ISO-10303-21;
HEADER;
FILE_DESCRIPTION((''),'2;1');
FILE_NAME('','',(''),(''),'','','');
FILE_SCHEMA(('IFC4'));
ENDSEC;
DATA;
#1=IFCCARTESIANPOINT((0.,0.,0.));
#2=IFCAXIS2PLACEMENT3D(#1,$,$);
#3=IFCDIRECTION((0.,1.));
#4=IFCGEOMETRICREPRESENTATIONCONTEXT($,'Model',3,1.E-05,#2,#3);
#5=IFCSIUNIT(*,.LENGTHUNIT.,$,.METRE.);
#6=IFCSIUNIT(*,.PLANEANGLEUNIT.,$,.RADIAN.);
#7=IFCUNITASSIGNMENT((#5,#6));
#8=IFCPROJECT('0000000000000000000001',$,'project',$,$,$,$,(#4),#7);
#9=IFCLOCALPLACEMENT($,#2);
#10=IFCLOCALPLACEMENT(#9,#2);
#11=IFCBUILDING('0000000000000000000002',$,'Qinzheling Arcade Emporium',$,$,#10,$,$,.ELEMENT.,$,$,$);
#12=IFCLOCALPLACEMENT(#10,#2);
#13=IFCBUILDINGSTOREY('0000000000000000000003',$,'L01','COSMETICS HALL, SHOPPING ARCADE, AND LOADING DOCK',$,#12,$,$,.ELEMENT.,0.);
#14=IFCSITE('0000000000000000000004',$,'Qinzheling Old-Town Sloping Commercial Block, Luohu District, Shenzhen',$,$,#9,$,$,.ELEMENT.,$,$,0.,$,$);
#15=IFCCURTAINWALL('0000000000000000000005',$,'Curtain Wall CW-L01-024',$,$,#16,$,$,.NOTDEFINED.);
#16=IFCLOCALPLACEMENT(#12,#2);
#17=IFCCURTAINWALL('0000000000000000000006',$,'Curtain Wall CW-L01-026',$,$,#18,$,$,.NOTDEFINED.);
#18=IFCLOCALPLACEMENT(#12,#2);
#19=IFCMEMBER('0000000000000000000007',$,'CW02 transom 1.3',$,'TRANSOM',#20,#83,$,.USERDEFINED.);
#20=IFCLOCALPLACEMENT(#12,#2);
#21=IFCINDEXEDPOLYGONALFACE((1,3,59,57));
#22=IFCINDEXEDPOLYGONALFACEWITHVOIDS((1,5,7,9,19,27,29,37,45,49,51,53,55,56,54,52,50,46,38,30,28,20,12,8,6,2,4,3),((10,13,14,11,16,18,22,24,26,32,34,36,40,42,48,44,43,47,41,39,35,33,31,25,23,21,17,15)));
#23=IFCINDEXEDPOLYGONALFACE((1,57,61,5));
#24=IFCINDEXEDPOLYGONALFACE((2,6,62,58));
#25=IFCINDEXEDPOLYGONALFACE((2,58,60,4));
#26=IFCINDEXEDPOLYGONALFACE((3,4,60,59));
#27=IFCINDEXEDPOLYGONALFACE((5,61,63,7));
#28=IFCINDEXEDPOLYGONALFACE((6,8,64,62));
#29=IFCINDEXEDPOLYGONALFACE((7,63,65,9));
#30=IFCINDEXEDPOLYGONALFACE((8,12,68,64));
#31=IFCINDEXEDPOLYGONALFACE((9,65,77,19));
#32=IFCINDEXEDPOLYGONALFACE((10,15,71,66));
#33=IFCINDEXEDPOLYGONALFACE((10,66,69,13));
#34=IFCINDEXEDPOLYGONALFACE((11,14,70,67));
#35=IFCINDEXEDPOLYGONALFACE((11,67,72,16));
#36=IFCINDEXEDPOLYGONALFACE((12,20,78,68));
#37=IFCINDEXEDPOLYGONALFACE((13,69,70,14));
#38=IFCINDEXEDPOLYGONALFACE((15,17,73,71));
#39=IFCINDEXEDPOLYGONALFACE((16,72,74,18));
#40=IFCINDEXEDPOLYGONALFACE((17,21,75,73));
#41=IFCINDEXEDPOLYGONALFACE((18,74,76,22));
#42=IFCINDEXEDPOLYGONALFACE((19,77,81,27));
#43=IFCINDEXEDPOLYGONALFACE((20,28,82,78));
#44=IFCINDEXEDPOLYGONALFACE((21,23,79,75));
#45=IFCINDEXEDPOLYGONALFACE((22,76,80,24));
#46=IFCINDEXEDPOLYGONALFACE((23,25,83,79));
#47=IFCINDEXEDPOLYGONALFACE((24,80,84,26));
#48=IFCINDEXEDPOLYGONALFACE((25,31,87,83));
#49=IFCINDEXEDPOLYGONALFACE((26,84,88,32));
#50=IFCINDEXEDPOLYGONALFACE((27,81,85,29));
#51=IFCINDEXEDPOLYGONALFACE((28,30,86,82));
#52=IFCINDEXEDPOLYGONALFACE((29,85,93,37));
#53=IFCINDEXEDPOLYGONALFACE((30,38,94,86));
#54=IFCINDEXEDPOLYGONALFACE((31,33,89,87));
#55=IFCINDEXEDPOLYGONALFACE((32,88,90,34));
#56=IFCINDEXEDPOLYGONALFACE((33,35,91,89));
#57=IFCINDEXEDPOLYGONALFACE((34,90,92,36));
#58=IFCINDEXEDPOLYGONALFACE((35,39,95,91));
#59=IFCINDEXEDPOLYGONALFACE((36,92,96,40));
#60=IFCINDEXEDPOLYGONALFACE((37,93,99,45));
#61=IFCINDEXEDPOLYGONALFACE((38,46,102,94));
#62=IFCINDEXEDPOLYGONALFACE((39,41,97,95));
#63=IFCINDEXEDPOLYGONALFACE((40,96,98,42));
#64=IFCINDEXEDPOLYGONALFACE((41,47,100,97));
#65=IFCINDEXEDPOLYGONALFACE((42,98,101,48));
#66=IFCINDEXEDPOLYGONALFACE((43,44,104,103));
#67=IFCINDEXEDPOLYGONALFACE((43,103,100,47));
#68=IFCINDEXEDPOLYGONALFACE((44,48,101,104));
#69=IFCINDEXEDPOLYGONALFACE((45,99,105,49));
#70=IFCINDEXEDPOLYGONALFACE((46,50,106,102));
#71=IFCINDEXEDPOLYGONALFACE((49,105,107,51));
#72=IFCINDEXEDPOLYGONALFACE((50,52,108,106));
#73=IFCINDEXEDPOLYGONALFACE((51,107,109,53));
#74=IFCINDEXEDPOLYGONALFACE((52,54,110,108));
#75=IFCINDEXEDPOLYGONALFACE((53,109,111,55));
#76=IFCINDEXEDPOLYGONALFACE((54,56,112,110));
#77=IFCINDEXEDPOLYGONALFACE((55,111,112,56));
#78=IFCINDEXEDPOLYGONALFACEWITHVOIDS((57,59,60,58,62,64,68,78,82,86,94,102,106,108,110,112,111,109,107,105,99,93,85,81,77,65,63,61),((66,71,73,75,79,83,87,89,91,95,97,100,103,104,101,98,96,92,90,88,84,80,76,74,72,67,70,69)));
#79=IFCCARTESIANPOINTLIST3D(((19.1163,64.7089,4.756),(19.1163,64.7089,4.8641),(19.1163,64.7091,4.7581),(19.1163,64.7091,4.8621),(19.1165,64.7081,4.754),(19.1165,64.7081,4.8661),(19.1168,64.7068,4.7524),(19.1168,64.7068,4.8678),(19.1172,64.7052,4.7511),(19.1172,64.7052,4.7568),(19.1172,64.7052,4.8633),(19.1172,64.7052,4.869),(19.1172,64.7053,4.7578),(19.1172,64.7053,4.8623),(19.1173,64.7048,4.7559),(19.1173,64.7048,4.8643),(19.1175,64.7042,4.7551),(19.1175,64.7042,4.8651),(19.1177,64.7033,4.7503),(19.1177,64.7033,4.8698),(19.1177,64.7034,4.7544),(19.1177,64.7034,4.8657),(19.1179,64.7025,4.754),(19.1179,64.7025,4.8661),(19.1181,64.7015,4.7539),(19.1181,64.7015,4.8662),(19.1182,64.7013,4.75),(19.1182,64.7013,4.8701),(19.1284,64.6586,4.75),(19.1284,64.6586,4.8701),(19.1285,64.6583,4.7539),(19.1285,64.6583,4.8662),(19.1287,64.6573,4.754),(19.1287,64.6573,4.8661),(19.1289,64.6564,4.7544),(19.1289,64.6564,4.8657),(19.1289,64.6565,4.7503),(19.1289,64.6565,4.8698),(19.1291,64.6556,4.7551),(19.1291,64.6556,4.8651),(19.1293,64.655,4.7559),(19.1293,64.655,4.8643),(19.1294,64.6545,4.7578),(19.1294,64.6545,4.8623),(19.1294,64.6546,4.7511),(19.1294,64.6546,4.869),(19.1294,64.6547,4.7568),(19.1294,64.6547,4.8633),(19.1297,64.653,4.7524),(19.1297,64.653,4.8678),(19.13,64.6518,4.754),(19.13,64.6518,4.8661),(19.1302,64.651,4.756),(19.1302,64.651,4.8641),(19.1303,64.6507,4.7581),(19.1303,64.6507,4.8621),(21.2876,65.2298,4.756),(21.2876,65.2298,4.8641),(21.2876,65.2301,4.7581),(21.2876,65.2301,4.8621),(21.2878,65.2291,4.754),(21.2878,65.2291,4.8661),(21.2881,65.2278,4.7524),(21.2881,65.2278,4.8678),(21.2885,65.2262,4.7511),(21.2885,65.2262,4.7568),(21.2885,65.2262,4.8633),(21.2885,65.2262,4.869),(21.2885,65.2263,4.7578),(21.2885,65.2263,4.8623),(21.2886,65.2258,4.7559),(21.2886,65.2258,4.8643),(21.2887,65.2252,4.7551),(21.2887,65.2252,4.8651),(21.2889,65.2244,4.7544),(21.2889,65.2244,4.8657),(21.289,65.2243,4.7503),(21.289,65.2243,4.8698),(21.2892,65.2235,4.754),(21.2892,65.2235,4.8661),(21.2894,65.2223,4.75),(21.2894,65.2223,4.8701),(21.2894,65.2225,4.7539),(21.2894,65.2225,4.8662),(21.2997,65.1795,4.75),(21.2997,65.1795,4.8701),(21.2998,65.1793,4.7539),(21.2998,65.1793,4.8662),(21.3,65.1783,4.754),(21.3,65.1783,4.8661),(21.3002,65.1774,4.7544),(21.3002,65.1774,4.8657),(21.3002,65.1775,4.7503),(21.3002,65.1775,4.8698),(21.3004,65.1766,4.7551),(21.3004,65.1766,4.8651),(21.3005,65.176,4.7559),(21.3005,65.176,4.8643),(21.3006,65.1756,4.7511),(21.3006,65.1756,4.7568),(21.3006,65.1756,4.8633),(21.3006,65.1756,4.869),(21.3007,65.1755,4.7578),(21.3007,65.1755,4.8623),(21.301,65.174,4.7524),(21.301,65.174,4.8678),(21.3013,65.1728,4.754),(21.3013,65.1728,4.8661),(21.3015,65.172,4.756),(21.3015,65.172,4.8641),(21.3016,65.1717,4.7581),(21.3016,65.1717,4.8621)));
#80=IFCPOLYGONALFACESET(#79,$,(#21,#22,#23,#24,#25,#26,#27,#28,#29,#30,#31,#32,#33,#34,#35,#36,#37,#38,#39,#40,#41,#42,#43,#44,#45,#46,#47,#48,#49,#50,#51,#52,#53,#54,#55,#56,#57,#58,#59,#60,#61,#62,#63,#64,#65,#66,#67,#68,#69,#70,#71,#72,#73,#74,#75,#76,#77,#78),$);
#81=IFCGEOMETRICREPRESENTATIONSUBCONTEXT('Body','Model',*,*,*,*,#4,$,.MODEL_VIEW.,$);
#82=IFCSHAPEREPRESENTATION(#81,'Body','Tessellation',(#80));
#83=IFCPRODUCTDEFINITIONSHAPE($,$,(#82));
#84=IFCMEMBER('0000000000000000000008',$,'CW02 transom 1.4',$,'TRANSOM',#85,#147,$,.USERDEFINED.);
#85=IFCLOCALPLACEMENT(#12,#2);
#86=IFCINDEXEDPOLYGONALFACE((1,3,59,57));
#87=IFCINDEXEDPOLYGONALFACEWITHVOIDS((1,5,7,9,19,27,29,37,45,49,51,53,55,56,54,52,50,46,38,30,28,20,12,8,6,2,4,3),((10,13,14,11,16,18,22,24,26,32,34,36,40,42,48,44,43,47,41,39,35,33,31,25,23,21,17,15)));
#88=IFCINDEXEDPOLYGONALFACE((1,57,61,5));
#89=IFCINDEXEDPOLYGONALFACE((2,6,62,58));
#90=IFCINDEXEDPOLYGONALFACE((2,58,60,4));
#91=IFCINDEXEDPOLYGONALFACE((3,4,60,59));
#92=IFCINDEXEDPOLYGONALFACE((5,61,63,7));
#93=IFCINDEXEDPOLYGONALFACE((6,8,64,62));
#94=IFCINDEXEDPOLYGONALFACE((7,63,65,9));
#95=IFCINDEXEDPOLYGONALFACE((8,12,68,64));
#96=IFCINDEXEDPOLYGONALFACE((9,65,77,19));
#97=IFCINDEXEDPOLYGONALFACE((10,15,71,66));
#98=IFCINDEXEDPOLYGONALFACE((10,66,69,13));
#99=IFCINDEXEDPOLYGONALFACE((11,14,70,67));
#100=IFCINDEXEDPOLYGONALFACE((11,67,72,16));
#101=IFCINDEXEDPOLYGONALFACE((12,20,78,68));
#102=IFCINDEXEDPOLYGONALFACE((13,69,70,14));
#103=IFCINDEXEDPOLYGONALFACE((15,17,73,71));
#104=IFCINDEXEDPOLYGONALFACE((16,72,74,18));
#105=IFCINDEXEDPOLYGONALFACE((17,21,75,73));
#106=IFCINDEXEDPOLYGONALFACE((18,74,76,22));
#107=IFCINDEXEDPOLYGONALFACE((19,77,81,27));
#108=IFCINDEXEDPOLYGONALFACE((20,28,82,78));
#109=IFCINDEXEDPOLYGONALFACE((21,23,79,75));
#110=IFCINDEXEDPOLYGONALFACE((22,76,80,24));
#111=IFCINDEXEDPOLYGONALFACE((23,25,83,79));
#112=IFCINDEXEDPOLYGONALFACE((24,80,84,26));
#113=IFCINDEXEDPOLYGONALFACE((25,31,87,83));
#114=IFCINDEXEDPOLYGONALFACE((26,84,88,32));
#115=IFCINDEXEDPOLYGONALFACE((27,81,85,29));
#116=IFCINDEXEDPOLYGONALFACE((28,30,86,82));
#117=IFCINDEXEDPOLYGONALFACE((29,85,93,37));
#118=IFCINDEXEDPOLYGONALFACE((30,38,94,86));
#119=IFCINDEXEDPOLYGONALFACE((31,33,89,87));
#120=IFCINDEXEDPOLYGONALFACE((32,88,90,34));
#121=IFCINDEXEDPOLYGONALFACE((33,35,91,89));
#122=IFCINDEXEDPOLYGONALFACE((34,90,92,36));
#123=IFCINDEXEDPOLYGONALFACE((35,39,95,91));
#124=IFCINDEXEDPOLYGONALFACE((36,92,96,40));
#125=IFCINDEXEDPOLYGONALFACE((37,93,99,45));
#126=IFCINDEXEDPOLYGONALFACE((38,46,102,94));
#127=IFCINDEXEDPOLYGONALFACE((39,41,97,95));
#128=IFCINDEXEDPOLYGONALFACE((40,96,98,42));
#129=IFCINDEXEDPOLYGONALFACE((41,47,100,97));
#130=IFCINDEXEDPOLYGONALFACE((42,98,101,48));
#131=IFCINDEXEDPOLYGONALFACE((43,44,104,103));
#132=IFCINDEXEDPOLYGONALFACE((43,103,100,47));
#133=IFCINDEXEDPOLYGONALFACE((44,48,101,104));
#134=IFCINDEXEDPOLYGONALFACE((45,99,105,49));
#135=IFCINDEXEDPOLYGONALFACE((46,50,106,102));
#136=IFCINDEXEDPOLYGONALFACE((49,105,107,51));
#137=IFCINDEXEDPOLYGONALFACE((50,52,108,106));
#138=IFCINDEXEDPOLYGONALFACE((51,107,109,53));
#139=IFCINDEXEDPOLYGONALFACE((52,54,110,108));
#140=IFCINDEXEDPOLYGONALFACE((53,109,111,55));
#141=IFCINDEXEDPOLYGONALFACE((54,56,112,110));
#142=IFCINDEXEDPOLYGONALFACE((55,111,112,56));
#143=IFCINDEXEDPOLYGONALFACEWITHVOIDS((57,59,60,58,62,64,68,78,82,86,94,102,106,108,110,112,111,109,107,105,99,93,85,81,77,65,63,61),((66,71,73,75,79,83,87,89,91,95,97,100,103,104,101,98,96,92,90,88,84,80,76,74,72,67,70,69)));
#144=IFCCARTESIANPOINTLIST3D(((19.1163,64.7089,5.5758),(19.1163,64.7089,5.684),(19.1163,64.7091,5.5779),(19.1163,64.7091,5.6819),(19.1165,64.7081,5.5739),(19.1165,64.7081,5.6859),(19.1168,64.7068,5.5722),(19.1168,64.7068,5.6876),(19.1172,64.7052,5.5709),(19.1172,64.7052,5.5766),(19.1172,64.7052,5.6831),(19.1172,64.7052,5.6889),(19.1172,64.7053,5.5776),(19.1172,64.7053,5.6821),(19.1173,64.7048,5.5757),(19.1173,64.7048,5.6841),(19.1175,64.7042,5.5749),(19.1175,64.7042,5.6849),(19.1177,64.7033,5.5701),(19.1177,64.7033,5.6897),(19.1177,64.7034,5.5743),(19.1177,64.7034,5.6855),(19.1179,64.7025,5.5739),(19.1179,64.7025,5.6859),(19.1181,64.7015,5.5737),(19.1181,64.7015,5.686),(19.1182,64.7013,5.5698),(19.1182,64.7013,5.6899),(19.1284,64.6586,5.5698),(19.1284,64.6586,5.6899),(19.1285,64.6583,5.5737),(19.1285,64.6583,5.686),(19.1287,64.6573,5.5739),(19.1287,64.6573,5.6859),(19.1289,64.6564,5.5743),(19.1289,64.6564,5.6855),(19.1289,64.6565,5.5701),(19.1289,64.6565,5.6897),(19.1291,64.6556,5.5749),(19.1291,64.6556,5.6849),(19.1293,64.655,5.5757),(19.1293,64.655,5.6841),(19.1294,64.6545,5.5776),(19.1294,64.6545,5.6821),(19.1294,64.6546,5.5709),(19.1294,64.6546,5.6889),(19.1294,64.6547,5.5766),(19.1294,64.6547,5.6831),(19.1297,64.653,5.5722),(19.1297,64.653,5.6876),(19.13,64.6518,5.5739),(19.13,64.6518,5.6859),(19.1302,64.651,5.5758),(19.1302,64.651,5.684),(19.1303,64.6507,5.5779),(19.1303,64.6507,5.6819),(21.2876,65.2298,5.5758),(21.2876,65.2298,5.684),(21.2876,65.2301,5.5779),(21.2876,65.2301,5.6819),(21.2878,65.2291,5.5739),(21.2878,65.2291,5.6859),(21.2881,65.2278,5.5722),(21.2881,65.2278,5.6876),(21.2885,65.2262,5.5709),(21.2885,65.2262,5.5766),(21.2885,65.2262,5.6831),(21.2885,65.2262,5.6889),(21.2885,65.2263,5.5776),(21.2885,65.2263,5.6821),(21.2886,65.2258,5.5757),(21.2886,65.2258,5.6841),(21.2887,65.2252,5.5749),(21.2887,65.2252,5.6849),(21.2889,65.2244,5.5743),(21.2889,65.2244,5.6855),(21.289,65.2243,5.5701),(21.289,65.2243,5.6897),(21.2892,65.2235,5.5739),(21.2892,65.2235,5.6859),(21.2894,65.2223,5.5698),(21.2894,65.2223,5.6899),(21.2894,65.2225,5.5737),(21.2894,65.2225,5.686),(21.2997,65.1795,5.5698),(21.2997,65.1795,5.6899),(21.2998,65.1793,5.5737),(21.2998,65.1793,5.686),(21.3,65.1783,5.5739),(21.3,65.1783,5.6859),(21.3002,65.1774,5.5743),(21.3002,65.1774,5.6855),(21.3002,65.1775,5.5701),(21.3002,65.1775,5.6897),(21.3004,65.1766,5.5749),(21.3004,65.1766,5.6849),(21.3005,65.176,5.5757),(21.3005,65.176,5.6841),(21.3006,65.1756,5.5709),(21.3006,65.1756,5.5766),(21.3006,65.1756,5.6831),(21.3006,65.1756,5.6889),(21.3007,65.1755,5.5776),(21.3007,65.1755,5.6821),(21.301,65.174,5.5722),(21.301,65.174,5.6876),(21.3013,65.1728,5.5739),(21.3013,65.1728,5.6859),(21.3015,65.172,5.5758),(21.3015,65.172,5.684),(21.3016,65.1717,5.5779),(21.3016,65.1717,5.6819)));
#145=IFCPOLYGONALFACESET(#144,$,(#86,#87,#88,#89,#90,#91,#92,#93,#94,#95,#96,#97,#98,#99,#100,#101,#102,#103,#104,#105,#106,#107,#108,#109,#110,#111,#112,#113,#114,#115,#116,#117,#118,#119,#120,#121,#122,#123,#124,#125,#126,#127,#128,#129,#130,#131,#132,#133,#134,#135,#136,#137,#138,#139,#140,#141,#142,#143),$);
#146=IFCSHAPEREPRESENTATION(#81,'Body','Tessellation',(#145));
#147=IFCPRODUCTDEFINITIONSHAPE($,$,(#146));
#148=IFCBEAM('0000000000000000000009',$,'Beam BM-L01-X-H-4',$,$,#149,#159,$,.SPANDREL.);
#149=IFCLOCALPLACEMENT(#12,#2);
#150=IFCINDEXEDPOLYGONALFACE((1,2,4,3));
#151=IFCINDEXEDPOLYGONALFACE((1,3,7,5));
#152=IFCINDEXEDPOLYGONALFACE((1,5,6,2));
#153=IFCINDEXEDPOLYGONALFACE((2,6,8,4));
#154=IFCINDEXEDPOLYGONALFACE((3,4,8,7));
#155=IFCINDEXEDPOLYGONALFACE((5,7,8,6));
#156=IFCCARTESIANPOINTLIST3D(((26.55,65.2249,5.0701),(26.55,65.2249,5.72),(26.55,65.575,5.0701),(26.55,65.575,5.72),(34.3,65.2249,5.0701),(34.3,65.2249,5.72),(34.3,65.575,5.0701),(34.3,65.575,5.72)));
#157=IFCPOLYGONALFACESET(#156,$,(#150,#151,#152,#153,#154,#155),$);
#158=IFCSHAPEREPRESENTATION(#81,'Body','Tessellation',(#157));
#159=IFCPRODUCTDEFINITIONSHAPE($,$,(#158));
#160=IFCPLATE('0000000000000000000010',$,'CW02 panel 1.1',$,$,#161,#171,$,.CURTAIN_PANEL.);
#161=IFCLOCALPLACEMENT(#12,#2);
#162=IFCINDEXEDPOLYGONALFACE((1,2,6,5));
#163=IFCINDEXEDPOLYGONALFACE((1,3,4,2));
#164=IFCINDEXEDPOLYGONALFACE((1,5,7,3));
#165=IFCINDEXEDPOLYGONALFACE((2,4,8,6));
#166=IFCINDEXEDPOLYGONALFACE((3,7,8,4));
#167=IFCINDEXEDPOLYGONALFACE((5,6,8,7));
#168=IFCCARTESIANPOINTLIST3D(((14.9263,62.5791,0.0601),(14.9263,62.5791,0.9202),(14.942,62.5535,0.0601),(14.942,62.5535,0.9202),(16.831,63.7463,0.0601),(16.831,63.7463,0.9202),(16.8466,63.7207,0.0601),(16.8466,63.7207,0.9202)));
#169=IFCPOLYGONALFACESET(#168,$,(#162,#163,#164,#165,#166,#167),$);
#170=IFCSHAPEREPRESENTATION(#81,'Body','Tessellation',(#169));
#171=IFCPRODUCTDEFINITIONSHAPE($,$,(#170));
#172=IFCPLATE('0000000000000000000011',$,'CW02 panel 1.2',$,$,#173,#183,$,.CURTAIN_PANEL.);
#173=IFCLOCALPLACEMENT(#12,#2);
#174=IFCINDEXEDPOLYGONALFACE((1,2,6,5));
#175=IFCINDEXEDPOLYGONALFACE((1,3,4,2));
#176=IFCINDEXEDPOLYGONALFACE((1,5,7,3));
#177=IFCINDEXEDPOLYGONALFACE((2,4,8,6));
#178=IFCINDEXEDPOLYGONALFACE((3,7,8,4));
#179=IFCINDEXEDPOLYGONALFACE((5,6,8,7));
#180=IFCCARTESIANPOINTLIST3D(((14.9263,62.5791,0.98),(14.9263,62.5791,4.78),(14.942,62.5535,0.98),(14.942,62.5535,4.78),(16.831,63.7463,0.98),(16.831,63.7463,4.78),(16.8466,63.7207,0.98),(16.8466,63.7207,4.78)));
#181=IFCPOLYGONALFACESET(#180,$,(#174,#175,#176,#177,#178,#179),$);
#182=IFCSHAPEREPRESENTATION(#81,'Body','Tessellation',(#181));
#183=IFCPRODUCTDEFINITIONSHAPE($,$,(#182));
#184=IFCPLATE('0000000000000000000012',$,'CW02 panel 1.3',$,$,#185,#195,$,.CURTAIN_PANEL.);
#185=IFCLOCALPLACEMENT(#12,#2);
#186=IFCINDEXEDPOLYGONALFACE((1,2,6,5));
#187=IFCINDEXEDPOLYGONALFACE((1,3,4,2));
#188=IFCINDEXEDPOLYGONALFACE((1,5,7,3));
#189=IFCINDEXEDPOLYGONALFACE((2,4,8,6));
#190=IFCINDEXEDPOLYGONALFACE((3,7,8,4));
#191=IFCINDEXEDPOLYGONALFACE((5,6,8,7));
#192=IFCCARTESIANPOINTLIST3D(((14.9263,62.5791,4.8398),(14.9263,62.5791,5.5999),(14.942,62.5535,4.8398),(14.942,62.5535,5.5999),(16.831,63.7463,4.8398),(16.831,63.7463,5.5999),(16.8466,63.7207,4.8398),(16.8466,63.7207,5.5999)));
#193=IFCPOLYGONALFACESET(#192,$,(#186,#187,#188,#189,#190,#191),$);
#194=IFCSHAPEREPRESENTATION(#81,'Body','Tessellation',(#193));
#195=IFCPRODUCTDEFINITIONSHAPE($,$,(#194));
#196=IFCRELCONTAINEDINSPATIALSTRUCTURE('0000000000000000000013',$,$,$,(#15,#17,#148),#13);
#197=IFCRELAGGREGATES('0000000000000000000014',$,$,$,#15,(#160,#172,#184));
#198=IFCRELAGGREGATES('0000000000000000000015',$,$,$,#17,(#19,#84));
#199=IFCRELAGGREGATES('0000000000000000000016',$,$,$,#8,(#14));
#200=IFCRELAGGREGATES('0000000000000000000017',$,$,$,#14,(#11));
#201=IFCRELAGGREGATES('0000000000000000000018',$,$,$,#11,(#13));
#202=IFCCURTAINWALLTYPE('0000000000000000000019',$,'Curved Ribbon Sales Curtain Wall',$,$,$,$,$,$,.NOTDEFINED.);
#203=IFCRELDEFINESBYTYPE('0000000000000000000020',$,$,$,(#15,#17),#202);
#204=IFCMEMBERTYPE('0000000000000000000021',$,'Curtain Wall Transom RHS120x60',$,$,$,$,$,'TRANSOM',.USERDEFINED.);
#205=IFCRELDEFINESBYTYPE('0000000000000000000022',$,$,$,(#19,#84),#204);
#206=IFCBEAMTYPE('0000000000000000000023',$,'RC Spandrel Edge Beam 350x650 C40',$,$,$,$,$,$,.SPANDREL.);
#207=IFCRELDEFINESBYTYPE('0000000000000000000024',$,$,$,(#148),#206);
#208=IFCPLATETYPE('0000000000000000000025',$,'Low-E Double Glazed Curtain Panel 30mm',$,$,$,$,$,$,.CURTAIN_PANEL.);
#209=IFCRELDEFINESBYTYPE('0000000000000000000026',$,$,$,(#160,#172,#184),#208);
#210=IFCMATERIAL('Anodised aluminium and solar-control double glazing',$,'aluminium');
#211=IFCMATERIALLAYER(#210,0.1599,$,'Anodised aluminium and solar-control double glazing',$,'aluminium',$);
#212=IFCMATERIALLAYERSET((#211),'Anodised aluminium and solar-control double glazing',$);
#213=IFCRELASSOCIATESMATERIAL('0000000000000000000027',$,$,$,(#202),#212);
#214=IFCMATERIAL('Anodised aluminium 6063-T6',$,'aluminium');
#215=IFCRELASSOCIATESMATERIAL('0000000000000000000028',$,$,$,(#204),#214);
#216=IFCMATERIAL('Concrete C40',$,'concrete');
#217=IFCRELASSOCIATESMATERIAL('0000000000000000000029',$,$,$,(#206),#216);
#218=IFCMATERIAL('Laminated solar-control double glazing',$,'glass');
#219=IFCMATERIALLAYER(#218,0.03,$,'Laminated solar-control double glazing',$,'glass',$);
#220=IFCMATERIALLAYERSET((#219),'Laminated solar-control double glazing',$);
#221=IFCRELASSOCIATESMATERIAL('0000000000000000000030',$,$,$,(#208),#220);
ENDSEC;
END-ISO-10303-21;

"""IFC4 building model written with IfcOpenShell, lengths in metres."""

from ifc_helpers import new_model, si_unit, direction, frame, origin, origin_2d, place, context, subcontext, project, spatial, rectangle, hollow_rectangle, extrude, material, layer, layer_set, material_profile, profile_set, type_object, element, aggregate, save


model = new_model("IFC4")

# Units and contexts
model_context = context("Model", 3, precision=1e-05, world=origin(), true_north=direction((0.0, 1.0)))
body_context = subcontext(model_context, "Body", "Model", "MODEL_VIEW")
ifc_project = project(units=[si_unit("LENGTHUNIT", "METRE"), si_unit("PLANEANGLEUNIT", "RADIAN")], contexts=[model_context])

# Site, building, storey
site_placement = place(None, origin())
site = spatial("IfcSite", under=ifc_project, at=site_placement, Name="Qinzheling Old-Town Sloping Commercial Block, Luohu District, Shenzhen", CompositionType="ELEMENT", RefElevation=0.0)
building_placement = place(site_placement, origin())
building = spatial("IfcBuilding", under=site, at=building_placement, Name="Qinzheling Arcade Emporium", CompositionType="ELEMENT")
storey_placement = place(building_placement, origin())
storey = spatial("IfcBuildingStorey", under=building, at=storey_placement, Name="L01", Description="COSMETICS HALL, SHOPPING ARCADE, AND LOADING DOCK", CompositionType="ELEMENT", Elevation=0.0)

# Curtain walls
ifc_material_1 = material(Name="Anodised aluminium and solar-control double glazing", Category="aluminium")
ifc_layer_1 = layer(ifc_material_1, 0.1599, Name="Anodised aluminium and solar-control double glazing", Category="aluminium")
ifc_layer_set_1 = layer_set([ifc_layer_1], Name="Anodised aluminium and solar-control double glazing")
curtain_wall_type = type_object("IfcCurtainWallType", Name="Curved Ribbon Sales Curtain Wall", PredefinedType="NOTDEFINED", material=ifc_layer_set_1)
curtain_wall_1_placement = place(storey_placement, origin())
curtain_wall_1 = element("IfcCurtainWall", 1, at=curtain_wall_1_placement, inside=storey, type_object=curtain_wall_type, Name="Curtain Wall CW-L01-024", PredefinedType="NOTDEFINED")
ifc_material_2 = material(Name="Anodised aluminium 6063-T6", Category="aluminium")
curtain_wall_2_placement = place(storey_placement, origin())
curtain_wall_2 = element("IfcCurtainWall", 2, at=curtain_wall_2_placement, inside=storey, type_object=curtain_wall_type, Name="Curtain Wall CW-L01-026", PredefinedType="NOTDEFINED")

# Members
ifc_material_profile_1 = material_profile(ifc_material_2, hollow_rectangle(XDim=0.0601, YDim=0.1201, WallThickness=0.0039, InnerFilletRadius=0.0039, OuterFilletRadius=0.0081, at=origin_2d()), Name="RHS 120x60x4", Category="aluminium")
ifc_profile_set_1 = profile_set([ifc_material_profile_1], Name="Anodised aluminium 6063-T6")
member_type_1 = type_object("IfcMemberType", Name="Curtain Wall Transom RHS120x60", ElementType="TRANSOM", PredefinedType="USERDEFINED", material=ifc_profile_set_1)
member_1_placement = place(storey_placement, frame((19.1233, 64.6799, 4.8101), z_axis=(0.972401, 0.233315, 0.0), x_axis=(-0.233315, 0.972401, 0.0)))
member_1 = element("IfcMember", 3, at=member_1_placement, type_object=member_type_1, Name="CW02 transom 1.3", ObjectType="TRANSOM", PredefinedType="USERDEFINED", context=body_context, shape_type="SweptSolid", body=[
    extrude(hollow_rectangle(XDim=0.0601, YDim=0.1201, WallThickness=0.0039, InnerFilletRadius=0.0039, OuterFilletRadius=0.0081, at=origin_2d()), origin(), (0.0, 0.0, 1.0), 2.2329),
])
member_2_placement = place(storey_placement, frame((19.1233, 64.6799, 5.6299), z_axis=(0.972401, 0.233315, 0.0), x_axis=(-0.233315, 0.972401, 0.0)))
member_2 = element("IfcMember", 4, at=member_2_placement, type_object=member_type_1, Name="CW02 transom 1.4", ObjectType="TRANSOM", PredefinedType="USERDEFINED", context=body_context, shape_type="SweptSolid", body=[
    extrude(hollow_rectangle(XDim=0.0601, YDim=0.1201, WallThickness=0.0039, InnerFilletRadius=0.0039, OuterFilletRadius=0.0081, at=origin_2d()), origin(), (0.0, 0.0, 1.0), 2.2329),
])

# Beam
ifc_material_3 = material(Name="Concrete C40", Category="concrete")
ifc_material_profile_2 = material_profile(ifc_material_3, rectangle(XDim=0.3501, YDim=0.6499, at=origin_2d()), Name="RC 350x650", Category="concrete")
ifc_profile_set_2 = profile_set([ifc_material_profile_2], Name="Concrete C40")
beam_type = type_object("IfcBeamType", Name="RC Spandrel Edge Beam 350x650 C40", PredefinedType="SPANDREL", material=ifc_profile_set_2)
beam_placement = place(storey_placement, frame((26.55, 65.3999, 5.395), z_axis=(1.0, 0.0, 0.0), x_axis=(0.0, 1.0, 0.0)))
element("IfcBeam", 5, at=beam_placement, inside=storey, type_object=beam_type, Name="Beam BM-L01-X-H-4", PredefinedType="SPANDREL", context=body_context, shape_type="SweptSolid", body=[
    extrude(rectangle(XDim=0.3501, YDim=0.6499, at=origin_2d()), origin(), (0.0, 0.0, 1.0), 7.75),
])

# Plates
ifc_material_4 = material(Name="Laminated solar-control double glazing", Category="glass")
ifc_layer_2 = layer(ifc_material_4, 0.03, Name="Laminated solar-control double glazing", Category="glass")
ifc_layer_set_2 = layer_set([ifc_layer_2], Name="Laminated solar-control double glazing")
plate_type_1 = type_object("IfcPlateType", Name="Low-E Double Glazed Curtain Panel 30mm", PredefinedType="CURTAIN_PANEL", material=ifc_layer_set_2)
plate_1_placement = place(storey_placement, frame((15.8865, 63.1499, 0.0601), z_axis=(0.0, 0.0, 1.0), x_axis=(0.85262, 0.522532, 0.0)))
plate_1 = element("IfcPlate", 6, at=plate_1_placement, type_object=plate_type_1, Name="CW02 panel 1.1", PredefinedType="CURTAIN_PANEL", context=body_context, shape_type="SweptSolid", body=[
    extrude(rectangle(XDim=2.2339, YDim=0.03, at=origin_2d()), origin(), (0.0, 0.0, 1.0), 0.8601),
])
plate_2_placement = place(storey_placement, frame((15.8865, 63.1499, 0.98), z_axis=(0.0, 0.0, 1.0), x_axis=(0.85262, 0.522532, 0.0)))
plate_2 = element("IfcPlate", 7, at=plate_2_placement, type_object=plate_type_1, Name="CW02 panel 1.2", PredefinedType="CURTAIN_PANEL", context=body_context, shape_type="SweptSolid", body=[
    extrude(rectangle(XDim=2.2339, YDim=0.03, at=origin_2d()), origin(), (0.0, 0.0, 1.0), 3.8),
])
plate_3_placement = place(storey_placement, frame((15.8865, 63.1499, 4.8398), z_axis=(0.0, 0.0, 1.0), x_axis=(0.85262, 0.522532, 0.0)))
plate_3 = element("IfcPlate", 8, at=plate_3_placement, type_object=plate_type_1, Name="CW02 panel 1.3", PredefinedType="CURTAIN_PANEL", context=body_context, shape_type="SweptSolid", body=[
    extrude(rectangle(XDim=2.2339, YDim=0.03, at=origin_2d()), origin(), (0.0, 0.0, 1.0), 0.76),
])
aggregate(curtain_wall_1, [plate_1, plate_2, plate_3])
aggregate(curtain_wall_2, [member_1, member_2])

save(model, "model.ifc")
